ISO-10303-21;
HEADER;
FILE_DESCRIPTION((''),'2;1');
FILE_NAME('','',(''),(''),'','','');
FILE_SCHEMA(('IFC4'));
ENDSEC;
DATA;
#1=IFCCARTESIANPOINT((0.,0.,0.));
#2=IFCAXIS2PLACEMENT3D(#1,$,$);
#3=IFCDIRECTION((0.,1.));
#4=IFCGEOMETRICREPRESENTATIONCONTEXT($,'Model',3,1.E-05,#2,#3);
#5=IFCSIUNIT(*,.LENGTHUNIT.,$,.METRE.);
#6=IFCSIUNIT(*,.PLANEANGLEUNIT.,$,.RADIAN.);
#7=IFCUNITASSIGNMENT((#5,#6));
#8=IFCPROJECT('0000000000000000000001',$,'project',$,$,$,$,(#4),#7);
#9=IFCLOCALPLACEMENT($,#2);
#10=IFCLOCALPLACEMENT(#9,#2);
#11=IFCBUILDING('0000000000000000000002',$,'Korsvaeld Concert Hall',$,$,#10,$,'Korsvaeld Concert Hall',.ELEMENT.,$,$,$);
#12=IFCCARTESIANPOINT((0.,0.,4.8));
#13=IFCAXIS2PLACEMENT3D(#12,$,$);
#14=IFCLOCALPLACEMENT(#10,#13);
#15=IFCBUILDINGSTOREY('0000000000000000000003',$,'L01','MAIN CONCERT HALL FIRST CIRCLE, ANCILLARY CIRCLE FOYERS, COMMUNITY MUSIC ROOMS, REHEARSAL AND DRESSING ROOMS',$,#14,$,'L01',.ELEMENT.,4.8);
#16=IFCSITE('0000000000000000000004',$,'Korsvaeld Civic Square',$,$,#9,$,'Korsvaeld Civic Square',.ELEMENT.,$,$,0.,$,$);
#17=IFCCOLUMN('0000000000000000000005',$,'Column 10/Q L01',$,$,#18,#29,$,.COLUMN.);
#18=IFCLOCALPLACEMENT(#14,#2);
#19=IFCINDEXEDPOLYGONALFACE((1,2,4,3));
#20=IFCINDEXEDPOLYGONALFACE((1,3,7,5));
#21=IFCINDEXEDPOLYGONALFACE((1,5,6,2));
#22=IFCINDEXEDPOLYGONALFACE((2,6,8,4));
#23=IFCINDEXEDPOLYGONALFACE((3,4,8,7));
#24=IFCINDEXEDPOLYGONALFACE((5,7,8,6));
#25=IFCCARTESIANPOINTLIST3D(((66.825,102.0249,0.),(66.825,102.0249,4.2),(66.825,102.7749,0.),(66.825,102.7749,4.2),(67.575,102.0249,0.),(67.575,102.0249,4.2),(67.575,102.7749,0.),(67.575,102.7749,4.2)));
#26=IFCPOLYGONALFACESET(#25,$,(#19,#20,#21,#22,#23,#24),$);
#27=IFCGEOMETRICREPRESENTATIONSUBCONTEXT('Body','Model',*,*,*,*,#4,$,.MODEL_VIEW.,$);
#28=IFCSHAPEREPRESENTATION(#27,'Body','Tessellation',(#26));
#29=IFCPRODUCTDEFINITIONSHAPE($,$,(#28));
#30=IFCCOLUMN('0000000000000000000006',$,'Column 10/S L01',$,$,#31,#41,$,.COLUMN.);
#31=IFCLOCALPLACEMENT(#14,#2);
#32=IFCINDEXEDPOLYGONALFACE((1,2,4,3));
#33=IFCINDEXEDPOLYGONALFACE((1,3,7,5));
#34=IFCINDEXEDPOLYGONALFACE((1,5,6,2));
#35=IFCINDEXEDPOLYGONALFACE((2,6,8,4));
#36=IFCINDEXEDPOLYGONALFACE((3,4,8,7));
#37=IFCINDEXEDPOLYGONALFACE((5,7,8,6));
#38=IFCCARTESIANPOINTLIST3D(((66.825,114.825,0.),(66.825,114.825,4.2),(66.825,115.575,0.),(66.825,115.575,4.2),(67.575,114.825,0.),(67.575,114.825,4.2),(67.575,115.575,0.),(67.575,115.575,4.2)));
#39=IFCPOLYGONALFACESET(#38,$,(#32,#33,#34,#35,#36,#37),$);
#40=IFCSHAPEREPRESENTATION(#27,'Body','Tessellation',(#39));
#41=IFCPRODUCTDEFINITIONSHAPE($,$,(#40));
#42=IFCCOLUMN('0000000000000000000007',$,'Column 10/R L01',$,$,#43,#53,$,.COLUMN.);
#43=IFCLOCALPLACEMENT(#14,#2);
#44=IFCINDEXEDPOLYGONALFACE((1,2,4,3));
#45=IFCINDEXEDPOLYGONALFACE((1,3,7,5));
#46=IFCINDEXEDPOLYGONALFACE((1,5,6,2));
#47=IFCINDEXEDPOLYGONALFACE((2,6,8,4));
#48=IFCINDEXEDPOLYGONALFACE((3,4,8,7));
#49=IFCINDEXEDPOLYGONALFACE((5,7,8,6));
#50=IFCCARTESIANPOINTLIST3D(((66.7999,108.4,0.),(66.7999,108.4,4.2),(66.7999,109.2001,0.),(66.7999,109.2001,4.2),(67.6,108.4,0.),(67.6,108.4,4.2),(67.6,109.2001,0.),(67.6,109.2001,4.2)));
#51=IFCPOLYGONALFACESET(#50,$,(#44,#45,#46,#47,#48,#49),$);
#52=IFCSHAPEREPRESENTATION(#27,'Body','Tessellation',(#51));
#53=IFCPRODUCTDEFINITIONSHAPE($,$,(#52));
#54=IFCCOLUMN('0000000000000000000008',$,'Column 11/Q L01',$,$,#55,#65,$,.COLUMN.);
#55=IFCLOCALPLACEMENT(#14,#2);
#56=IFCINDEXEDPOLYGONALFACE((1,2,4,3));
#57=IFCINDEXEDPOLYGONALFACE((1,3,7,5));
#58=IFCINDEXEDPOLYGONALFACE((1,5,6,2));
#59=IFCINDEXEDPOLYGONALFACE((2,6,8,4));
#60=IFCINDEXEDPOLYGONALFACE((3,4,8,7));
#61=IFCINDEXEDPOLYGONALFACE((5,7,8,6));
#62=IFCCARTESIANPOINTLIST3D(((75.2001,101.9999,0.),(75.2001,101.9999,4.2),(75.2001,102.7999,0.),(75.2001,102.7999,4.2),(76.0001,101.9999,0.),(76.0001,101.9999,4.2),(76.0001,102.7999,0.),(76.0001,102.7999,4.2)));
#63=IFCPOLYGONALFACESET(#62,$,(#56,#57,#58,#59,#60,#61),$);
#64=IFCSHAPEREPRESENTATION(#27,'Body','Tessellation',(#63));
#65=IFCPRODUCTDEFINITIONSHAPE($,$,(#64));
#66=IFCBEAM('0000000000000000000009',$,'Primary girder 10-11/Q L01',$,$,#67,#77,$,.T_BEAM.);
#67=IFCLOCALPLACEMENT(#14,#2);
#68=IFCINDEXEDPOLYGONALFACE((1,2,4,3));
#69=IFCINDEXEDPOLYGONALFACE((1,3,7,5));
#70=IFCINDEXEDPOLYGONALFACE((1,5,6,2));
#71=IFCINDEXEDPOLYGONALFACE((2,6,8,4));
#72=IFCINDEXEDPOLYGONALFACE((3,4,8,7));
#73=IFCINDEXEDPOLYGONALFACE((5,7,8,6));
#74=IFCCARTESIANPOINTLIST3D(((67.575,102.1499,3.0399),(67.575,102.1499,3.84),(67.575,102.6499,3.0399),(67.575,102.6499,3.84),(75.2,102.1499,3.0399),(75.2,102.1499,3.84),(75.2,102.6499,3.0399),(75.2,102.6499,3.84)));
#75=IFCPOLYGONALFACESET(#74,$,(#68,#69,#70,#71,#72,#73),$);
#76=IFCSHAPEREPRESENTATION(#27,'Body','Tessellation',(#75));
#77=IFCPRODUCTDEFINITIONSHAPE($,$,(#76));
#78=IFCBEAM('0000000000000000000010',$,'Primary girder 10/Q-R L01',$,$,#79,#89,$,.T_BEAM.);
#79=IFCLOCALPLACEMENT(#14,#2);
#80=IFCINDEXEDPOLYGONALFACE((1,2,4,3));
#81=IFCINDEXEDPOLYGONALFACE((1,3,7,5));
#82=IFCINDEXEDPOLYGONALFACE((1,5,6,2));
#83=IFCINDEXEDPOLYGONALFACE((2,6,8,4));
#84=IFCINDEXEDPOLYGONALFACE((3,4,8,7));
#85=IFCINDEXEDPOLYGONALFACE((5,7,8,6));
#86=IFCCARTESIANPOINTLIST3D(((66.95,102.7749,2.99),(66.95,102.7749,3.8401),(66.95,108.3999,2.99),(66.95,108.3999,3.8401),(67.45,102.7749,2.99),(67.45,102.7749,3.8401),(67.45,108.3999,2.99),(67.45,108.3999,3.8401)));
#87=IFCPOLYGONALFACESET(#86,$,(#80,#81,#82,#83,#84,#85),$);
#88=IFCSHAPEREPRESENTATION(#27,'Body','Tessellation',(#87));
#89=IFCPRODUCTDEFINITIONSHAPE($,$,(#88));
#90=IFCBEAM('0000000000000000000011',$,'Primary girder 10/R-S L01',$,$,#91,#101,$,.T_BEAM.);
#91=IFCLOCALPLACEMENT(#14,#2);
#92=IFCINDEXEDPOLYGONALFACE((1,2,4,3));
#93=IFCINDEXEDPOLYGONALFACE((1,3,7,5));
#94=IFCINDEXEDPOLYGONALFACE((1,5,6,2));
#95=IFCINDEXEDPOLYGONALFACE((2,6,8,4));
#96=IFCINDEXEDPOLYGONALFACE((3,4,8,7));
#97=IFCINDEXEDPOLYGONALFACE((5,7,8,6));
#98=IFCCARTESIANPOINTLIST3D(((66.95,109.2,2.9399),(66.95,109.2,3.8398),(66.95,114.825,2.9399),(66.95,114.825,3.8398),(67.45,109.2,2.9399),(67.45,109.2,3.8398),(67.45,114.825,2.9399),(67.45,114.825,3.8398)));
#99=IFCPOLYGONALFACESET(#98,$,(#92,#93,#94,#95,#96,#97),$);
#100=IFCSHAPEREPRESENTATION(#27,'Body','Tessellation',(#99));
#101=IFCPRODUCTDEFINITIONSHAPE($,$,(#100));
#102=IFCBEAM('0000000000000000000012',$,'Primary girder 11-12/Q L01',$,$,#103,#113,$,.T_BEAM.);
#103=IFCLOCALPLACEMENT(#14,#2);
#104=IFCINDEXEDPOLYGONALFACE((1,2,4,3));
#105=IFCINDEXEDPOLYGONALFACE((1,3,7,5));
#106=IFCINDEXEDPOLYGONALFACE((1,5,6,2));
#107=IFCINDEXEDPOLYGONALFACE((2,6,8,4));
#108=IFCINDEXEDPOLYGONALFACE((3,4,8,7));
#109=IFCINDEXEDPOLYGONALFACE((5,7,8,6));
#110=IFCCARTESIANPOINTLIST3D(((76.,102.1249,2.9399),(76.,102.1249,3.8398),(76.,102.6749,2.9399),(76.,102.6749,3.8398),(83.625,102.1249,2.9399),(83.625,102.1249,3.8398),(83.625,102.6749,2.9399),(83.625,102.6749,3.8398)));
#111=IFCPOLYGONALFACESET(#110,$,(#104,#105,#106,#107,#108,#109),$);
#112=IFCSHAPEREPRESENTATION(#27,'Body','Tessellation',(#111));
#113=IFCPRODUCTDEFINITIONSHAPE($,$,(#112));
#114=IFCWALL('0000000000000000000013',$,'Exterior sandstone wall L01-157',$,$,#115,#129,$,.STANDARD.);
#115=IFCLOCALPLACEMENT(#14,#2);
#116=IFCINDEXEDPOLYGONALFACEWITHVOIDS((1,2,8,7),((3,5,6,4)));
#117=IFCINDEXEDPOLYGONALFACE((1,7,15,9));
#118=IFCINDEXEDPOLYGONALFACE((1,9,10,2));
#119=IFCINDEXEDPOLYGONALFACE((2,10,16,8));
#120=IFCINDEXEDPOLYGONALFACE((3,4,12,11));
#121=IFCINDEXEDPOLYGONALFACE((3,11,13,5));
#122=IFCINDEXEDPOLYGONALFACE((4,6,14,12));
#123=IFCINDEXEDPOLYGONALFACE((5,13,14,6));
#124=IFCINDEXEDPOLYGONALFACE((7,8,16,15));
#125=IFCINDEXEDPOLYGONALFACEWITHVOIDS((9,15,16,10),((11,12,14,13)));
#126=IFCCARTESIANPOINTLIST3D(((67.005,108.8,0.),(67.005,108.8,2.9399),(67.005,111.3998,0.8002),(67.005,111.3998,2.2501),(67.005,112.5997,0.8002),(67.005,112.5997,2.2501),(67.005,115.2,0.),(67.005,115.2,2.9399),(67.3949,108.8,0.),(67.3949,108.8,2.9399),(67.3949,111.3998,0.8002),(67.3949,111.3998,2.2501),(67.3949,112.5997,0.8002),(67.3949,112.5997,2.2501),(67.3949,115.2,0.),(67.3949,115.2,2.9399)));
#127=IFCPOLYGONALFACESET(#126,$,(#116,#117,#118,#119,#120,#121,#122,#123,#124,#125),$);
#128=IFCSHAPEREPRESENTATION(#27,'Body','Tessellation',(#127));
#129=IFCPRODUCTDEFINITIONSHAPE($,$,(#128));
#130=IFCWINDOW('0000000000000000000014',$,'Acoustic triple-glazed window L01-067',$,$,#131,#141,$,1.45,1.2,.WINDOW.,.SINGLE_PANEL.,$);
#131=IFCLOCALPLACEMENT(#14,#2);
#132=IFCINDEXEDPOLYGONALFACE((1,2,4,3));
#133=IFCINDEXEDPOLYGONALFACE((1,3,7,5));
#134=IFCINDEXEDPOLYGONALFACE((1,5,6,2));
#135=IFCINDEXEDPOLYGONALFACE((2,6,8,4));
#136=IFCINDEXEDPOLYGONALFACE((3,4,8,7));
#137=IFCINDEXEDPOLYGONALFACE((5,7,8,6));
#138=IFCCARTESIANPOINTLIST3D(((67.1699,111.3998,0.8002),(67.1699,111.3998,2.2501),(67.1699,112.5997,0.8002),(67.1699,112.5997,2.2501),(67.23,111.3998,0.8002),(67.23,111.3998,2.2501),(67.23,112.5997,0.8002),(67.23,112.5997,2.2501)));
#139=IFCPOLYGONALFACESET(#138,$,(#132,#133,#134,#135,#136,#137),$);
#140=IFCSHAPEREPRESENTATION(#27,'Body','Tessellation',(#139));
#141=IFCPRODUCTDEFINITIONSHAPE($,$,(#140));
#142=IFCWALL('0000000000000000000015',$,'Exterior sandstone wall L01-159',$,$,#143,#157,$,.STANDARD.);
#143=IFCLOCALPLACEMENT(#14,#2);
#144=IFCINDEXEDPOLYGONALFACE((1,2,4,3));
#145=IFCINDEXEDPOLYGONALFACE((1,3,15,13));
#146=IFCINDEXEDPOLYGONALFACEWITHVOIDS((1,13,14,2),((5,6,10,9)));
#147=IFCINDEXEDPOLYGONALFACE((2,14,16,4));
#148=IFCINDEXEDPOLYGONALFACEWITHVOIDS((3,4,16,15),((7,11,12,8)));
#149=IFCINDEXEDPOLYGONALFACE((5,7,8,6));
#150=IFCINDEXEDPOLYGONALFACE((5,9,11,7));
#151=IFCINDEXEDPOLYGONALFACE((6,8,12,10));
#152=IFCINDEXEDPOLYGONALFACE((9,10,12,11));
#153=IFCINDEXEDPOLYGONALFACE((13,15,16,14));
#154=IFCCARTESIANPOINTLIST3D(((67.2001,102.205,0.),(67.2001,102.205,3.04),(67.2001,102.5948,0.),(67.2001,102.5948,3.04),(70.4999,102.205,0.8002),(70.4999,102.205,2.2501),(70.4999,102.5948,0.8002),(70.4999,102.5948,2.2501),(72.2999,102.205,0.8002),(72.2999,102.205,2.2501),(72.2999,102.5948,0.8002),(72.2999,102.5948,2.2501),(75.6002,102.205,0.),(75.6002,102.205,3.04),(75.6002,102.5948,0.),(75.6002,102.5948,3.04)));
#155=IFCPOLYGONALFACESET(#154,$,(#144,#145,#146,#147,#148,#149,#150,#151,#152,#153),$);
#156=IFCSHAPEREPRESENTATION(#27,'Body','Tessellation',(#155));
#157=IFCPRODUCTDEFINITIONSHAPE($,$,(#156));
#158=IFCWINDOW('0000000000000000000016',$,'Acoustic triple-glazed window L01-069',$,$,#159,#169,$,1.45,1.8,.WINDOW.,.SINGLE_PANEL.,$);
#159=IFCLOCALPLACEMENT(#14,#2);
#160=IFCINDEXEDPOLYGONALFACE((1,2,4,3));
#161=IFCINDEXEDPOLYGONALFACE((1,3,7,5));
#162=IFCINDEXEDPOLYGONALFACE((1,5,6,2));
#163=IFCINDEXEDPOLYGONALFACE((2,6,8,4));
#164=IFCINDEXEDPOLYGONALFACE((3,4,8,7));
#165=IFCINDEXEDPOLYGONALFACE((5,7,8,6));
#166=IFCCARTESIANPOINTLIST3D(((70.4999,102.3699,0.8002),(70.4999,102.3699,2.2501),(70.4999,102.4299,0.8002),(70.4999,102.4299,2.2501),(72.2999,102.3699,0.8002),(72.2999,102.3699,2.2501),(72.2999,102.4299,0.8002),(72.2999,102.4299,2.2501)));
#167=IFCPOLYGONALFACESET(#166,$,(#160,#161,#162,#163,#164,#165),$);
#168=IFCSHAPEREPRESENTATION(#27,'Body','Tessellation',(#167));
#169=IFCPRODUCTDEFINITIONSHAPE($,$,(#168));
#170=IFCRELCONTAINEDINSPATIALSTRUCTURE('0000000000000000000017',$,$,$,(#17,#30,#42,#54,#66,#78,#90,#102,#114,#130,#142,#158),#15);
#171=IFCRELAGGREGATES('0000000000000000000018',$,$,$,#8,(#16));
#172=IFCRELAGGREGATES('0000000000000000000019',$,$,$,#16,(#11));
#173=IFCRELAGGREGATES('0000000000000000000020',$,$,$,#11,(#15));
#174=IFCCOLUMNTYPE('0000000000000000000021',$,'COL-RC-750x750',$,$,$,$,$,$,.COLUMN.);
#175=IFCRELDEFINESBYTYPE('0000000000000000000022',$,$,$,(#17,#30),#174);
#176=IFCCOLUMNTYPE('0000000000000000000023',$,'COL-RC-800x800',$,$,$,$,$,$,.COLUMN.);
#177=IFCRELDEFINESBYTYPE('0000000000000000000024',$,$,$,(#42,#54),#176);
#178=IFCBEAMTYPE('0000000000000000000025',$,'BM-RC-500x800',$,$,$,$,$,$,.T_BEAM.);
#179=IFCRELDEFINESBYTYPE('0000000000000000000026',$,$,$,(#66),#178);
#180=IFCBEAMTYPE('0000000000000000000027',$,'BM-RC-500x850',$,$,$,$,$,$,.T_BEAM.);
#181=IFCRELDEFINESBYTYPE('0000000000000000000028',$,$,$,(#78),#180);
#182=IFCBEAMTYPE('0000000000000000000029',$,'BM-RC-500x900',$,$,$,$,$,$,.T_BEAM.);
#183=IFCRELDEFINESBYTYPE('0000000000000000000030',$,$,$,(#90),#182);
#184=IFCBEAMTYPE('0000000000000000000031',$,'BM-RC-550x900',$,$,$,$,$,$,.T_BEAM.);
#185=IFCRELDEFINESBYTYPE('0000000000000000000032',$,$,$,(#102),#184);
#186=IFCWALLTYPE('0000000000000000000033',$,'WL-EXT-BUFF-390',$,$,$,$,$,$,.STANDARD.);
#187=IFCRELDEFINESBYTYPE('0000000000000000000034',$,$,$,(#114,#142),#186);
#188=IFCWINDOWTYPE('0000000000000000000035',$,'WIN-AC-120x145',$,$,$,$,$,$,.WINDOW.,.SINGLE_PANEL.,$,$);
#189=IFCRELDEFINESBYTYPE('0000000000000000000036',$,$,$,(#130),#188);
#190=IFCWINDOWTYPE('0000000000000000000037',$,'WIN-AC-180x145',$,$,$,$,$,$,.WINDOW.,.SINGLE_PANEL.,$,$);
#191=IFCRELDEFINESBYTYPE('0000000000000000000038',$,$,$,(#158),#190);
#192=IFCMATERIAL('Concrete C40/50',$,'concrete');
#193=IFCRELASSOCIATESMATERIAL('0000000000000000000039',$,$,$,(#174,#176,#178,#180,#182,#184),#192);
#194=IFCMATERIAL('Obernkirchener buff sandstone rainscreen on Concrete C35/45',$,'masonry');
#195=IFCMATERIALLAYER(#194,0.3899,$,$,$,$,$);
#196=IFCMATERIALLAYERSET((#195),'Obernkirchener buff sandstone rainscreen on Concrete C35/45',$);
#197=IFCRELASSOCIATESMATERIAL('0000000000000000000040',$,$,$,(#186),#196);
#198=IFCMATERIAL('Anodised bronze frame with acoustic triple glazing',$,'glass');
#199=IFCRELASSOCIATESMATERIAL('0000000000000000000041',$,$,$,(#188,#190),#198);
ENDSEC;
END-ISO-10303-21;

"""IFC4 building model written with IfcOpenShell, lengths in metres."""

from ifc_helpers import new_model, si_unit, direction, frame, frame_2d, origin, origin_2d, place, context, subcontext, project, spatial, rectangle, extrude, material, layer, layer_set, material_profile, profile_set, type_object, element, fill, save


model = new_model("IFC4")

# Units and contexts
model_context = context("Model", 3, precision=1e-05, world=origin(), true_north=direction((0.0, 1.0)))
body_context = subcontext(model_context, "Body", "Model", "MODEL_VIEW")
ifc_project = project(units=[si_unit("LENGTHUNIT", "METRE"), si_unit("PLANEANGLEUNIT", "RADIAN")], contexts=[model_context])

# Site, building, storey
site_placement = place(None, origin())
site = spatial("IfcSite", under=ifc_project, at=site_placement, Name="Korsvaeld Civic Square", LongName="Korsvaeld Civic Square", CompositionType="ELEMENT", RefElevation=0.0)
building_placement = place(site_placement, origin())
building = spatial("IfcBuilding", under=site, at=building_placement, Name="Korsvaeld Concert Hall", LongName="Korsvaeld Concert Hall", CompositionType="ELEMENT")
storey_placement = place(building_placement, frame((0.0, 0.0, 4.8)))
storey = spatial("IfcBuildingStorey", under=building, at=storey_placement, Name="L01", Description="MAIN CONCERT HALL FIRST CIRCLE, ANCILLARY CIRCLE FOYERS, COMMUNITY MUSIC ROOMS, REHEARSAL AND DRESSING ROOMS", LongName="L01", CompositionType="ELEMENT", Elevation=4.8)

# Columns
ifc_material_1 = material(Name="Concrete C40/50", Category="concrete")
ifc_material_profile_1 = material_profile(ifc_material_1, rectangle(XDim=0.75, YDim=0.75, at=origin_2d()), Name="RC 750x750")
ifc_profile_set_1 = profile_set([ifc_material_profile_1], Name="Concrete C40/50")
column_type_1 = type_object("IfcColumnType", Name="COL-RC-750x750", PredefinedType="COLUMN", material=ifc_profile_set_1)
for number, where, z_axis, x_axis, name in (
    (1, (67.2, 102.3999, 0.0), (0.0, 0.0, 1.0), (1.0, 0.0, 0.0), "Column 10/Q L01"),
    (2, (67.2, 115.2, 0.0), (0.0, 0.0, 1.0), (1.0, 0.0, 0.0), "Column 10/S L01"),
):
    element("IfcColumn", number, at=place(storey_placement, frame(where, z_axis=z_axis, x_axis=x_axis)), inside=storey, type_object=column_type_1, Name=name, PredefinedType="COLUMN", context=body_context, shape_type="SweptSolid", body=[
        extrude(rectangle(XDim=0.75, YDim=0.75, at=origin_2d()), origin(), (0.0, 0.0, 1.0), 4.2),
    ])
ifc_material_profile_2 = material_profile(ifc_material_1, rectangle(XDim=0.8, YDim=0.8, at=origin_2d()), Name="RC 800x800")
ifc_profile_set_2 = profile_set([ifc_material_profile_2], Name="Concrete C40/50")
column_type_2 = type_object("IfcColumnType", Name="COL-RC-800x800", PredefinedType="COLUMN", material=ifc_profile_set_2)
for number, where, z_axis, x_axis, name in (
    (3, (67.2, 108.8, 0.0), (0.0, 0.0, 1.0), (1.0, 0.0, 0.0), "Column 10/R L01"),
    (4, (75.6001, 102.3999, 0.0), (0.0, 0.0, 1.0), (1.0, 0.0, 0.0), "Column 11/Q L01"),
):
    element("IfcColumn", number, at=place(storey_placement, frame(where, z_axis=z_axis, x_axis=x_axis)), inside=storey, type_object=column_type_2, Name=name, PredefinedType="COLUMN", context=body_context, shape_type="SweptSolid", body=[
        extrude(rectangle(XDim=0.8, YDim=0.8, at=origin_2d()), origin(), (0.0, 0.0, 1.0), 4.2),
    ])

# Beams
ifc_material_profile_3 = material_profile(ifc_material_1, rectangle(XDim=0.5, YDim=0.8, at=origin_2d()), Name="RC 500x800")
ifc_profile_set_3 = profile_set([ifc_material_profile_3], Name="Concrete C40/50")
beam_type_1 = type_object("IfcBeamType", Name="BM-RC-500x800", PredefinedType="T_BEAM", material=ifc_profile_set_3)
beam_1_placement = place(storey_placement, frame((67.575, 102.3999, 3.4399), z_axis=(1.0, 0.0, 0.0), x_axis=(0.0, 1.0, 0.0)))
element("IfcBeam", 5, at=beam_1_placement, inside=storey, type_object=beam_type_1, Name="Primary girder 10-11/Q L01", PredefinedType="T_BEAM", context=body_context, shape_type="SweptSolid", body=[
    extrude(rectangle(XDim=0.5, YDim=0.8, at=origin_2d()), origin(), (0.0, 0.0, 1.0), 7.625),
])
ifc_material_profile_4 = material_profile(ifc_material_1, rectangle(XDim=0.5, YDim=0.8501, at=origin_2d()), Name="RC 500x850")
ifc_profile_set_4 = profile_set([ifc_material_profile_4], Name="Concrete C40/50")
beam_type_2 = type_object("IfcBeamType", Name="BM-RC-500x850", PredefinedType="T_BEAM", material=ifc_profile_set_4)
beam_2_placement = place(storey_placement, frame((67.2, 102.7749, 3.415), z_axis=(0.0, 1.0, 0.0), x_axis=(-1.0, 0.0, 0.0)))
element("IfcBeam", 6, at=beam_2_placement, inside=storey, type_object=beam_type_2, Name="Primary girder 10/Q-R L01", PredefinedType="T_BEAM", context=body_context, shape_type="SweptSolid", body=[
    extrude(rectangle(XDim=0.5, YDim=0.8501, at=origin_2d()), origin(), (0.0, 0.0, 1.0), 5.625),
])
ifc_material_profile_5 = material_profile(ifc_material_1, rectangle(XDim=0.5, YDim=0.8999, at=origin_2d()), Name="RC 500x900")
ifc_profile_set_5 = profile_set([ifc_material_profile_5], Name="Concrete C40/50")
beam_type_3 = type_object("IfcBeamType", Name="BM-RC-500x900", PredefinedType="T_BEAM", material=ifc_profile_set_5)
beam_3_placement = place(storey_placement, frame((67.2, 109.2, 3.3899), z_axis=(0.0, 1.0, 0.0), x_axis=(-1.0, 0.0, 0.0)))
element("IfcBeam", 7, at=beam_3_placement, inside=storey, type_object=beam_type_3, Name="Primary girder 10/R-S L01", PredefinedType="T_BEAM", context=body_context, shape_type="SweptSolid", body=[
    extrude(rectangle(XDim=0.5, YDim=0.8999, at=origin_2d()), origin(), (0.0, 0.0, 1.0), 5.625),
])
ifc_material_profile_6 = material_profile(ifc_material_1, rectangle(XDim=0.55, YDim=0.8999, at=origin_2d()), Name="RC 550x900")
ifc_profile_set_6 = profile_set([ifc_material_profile_6], Name="Concrete C40/50")
beam_type_4 = type_object("IfcBeamType", Name="BM-RC-550x900", PredefinedType="T_BEAM", material=ifc_profile_set_6)
beam_4_placement = place(storey_placement, frame((76.0, 102.3999, 3.3899), z_axis=(1.0, 0.0, 0.0), x_axis=(0.0, 1.0, 0.0)))
element("IfcBeam", 8, at=beam_4_placement, inside=storey, type_object=beam_type_4, Name="Primary girder 11-12/Q L01", PredefinedType="T_BEAM", context=body_context, shape_type="SweptSolid", body=[
    extrude(rectangle(XDim=0.55, YDim=0.8999, at=origin_2d()), origin(), (0.0, 0.0, 1.0), 7.625),
])

# Walls, openings, windows
ifc_material_2 = material(Name="Obernkirchener buff sandstone rainscreen on Concrete C35/45", Category="masonry")
ifc_layer_1 = layer(ifc_material_2, 0.3899)
ifc_layer_set_1 = layer_set([ifc_layer_1], Name="Obernkirchener buff sandstone rainscreen on Concrete C35/45")
wall_type_1 = type_object("IfcWallType", Name="WL-EXT-BUFF-390", PredefinedType="STANDARD", material=ifc_layer_set_1)
wall_1_placement = place(storey_placement, frame((67.2, 115.2, 0.0), z_axis=(0.0, 0.0, 1.0), x_axis=(0.0, -1.0, 0.0)))
wall_1 = element("IfcWall", 9, at=wall_1_placement, inside=storey, type_object=wall_type_1, Name="Exterior sandstone wall L01-157", PredefinedType="STANDARD", context=body_context, shape_type="SweptSolid", body=[
    extrude(rectangle(XDim=6.3999, YDim=0.3899, at=frame_2d((3.2, 0.0))), origin(), (0.0, 0.0, 1.0), 2.9399),
])
opening_1_placement = place(wall_1_placement, frame((2.6001, 0.0, 0.8)))
opening_1 = element("IfcOpeningElement", 10, at=opening_1_placement, cuts=wall_1, PredefinedType="OPENING", context=body_context, shape_type="SweptSolid", body=[
    extrude(rectangle(XDim=1.2, YDim=1.45, at=frame_2d((0.6001, 0.7251))), frame((0.0, 0.2051, 0.0), z_axis=(0.0, -1.0, 0.0), x_axis=(1.0, 0.0, 0.0)), (0.0, 0.0, 1.0), 0.4099),
])
ifc_material_3 = material(Name="Anodised bronze frame with acoustic triple glazing", Category="glass")
window_type_1 = type_object("IfcWindowType", Name="WIN-AC-120x145", PartitioningType="SINGLE_PANEL", PredefinedType="WINDOW", material=ifc_material_3)
window_1_placement = place(opening_1_placement, origin())
window_1 = element("IfcWindow", 11, at=window_1_placement, inside=storey, type_object=window_type_1, Name="Acoustic triple-glazed window L01-067", OverallHeight=1.45, OverallWidth=1.2, PartitioningType="SINGLE_PANEL", PredefinedType="WINDOW", context=body_context, shape_type="SweptSolid", body=[
    extrude(rectangle(XDim=1.2, YDim=1.45, at=frame_2d((0.6001, 0.7251))), frame((0.0, 0.03, 0.0), z_axis=(0.0, -1.0, 0.0), x_axis=(1.0, 0.0, 0.0)), (0.0, 0.0, 1.0), 0.0601),
])
fill(opening_1, window_1)
wall_2_placement = place(storey_placement, frame((67.2, 102.3999, 0.0), z_axis=(0.0, 0.0, 1.0), x_axis=(1.0, 0.0, 0.0)))
wall_2 = element("IfcWall", 12, at=wall_2_placement, inside=storey, type_object=wall_type_1, Name="Exterior sandstone wall L01-159", PredefinedType="STANDARD", context=body_context, shape_type="SweptSolid", body=[
    extrude(rectangle(XDim=8.4001, YDim=0.3899, at=frame_2d((4.2002, 0.0))), origin(), (0.0, 0.0, 1.0), 3.04),
])
opening_2_placement = place(wall_2_placement, frame((3.3, 0.0, 0.8)))
opening_2 = element("IfcOpeningElement", 13, at=opening_2_placement, cuts=wall_2, PredefinedType="OPENING", context=body_context, shape_type="SweptSolid", body=[
    extrude(rectangle(XDim=1.8, YDim=1.45, at=frame_2d((0.8999, 0.7251))), frame((0.0, 0.2051, 0.0), z_axis=(0.0, -1.0, 0.0), x_axis=(1.0, 0.0, 0.0)), (0.0, 0.0, 1.0), 0.4099),
])
window_type_2 = type_object("IfcWindowType", Name="WIN-AC-180x145", PartitioningType="SINGLE_PANEL", PredefinedType="WINDOW", material=ifc_material_3)
window_2_placement = place(opening_2_placement, origin())
window_2 = element("IfcWindow", 14, at=window_2_placement, inside=storey, type_object=window_type_2, Name="Acoustic triple-glazed window L01-069", OverallHeight=1.45, OverallWidth=1.8, PartitioningType="SINGLE_PANEL", PredefinedType="WINDOW", context=body_context, shape_type="SweptSolid", body=[
    extrude(rectangle(XDim=1.8, YDim=1.45, at=frame_2d((0.8999, 0.7251))), frame((0.0, 0.03, 0.0), z_axis=(0.0, -1.0, 0.0), x_axis=(1.0, 0.0, 0.0)), (0.0, 0.0, 1.0), 0.0601),
])
fill(opening_2, window_2)

save(model, "model.ifc")
